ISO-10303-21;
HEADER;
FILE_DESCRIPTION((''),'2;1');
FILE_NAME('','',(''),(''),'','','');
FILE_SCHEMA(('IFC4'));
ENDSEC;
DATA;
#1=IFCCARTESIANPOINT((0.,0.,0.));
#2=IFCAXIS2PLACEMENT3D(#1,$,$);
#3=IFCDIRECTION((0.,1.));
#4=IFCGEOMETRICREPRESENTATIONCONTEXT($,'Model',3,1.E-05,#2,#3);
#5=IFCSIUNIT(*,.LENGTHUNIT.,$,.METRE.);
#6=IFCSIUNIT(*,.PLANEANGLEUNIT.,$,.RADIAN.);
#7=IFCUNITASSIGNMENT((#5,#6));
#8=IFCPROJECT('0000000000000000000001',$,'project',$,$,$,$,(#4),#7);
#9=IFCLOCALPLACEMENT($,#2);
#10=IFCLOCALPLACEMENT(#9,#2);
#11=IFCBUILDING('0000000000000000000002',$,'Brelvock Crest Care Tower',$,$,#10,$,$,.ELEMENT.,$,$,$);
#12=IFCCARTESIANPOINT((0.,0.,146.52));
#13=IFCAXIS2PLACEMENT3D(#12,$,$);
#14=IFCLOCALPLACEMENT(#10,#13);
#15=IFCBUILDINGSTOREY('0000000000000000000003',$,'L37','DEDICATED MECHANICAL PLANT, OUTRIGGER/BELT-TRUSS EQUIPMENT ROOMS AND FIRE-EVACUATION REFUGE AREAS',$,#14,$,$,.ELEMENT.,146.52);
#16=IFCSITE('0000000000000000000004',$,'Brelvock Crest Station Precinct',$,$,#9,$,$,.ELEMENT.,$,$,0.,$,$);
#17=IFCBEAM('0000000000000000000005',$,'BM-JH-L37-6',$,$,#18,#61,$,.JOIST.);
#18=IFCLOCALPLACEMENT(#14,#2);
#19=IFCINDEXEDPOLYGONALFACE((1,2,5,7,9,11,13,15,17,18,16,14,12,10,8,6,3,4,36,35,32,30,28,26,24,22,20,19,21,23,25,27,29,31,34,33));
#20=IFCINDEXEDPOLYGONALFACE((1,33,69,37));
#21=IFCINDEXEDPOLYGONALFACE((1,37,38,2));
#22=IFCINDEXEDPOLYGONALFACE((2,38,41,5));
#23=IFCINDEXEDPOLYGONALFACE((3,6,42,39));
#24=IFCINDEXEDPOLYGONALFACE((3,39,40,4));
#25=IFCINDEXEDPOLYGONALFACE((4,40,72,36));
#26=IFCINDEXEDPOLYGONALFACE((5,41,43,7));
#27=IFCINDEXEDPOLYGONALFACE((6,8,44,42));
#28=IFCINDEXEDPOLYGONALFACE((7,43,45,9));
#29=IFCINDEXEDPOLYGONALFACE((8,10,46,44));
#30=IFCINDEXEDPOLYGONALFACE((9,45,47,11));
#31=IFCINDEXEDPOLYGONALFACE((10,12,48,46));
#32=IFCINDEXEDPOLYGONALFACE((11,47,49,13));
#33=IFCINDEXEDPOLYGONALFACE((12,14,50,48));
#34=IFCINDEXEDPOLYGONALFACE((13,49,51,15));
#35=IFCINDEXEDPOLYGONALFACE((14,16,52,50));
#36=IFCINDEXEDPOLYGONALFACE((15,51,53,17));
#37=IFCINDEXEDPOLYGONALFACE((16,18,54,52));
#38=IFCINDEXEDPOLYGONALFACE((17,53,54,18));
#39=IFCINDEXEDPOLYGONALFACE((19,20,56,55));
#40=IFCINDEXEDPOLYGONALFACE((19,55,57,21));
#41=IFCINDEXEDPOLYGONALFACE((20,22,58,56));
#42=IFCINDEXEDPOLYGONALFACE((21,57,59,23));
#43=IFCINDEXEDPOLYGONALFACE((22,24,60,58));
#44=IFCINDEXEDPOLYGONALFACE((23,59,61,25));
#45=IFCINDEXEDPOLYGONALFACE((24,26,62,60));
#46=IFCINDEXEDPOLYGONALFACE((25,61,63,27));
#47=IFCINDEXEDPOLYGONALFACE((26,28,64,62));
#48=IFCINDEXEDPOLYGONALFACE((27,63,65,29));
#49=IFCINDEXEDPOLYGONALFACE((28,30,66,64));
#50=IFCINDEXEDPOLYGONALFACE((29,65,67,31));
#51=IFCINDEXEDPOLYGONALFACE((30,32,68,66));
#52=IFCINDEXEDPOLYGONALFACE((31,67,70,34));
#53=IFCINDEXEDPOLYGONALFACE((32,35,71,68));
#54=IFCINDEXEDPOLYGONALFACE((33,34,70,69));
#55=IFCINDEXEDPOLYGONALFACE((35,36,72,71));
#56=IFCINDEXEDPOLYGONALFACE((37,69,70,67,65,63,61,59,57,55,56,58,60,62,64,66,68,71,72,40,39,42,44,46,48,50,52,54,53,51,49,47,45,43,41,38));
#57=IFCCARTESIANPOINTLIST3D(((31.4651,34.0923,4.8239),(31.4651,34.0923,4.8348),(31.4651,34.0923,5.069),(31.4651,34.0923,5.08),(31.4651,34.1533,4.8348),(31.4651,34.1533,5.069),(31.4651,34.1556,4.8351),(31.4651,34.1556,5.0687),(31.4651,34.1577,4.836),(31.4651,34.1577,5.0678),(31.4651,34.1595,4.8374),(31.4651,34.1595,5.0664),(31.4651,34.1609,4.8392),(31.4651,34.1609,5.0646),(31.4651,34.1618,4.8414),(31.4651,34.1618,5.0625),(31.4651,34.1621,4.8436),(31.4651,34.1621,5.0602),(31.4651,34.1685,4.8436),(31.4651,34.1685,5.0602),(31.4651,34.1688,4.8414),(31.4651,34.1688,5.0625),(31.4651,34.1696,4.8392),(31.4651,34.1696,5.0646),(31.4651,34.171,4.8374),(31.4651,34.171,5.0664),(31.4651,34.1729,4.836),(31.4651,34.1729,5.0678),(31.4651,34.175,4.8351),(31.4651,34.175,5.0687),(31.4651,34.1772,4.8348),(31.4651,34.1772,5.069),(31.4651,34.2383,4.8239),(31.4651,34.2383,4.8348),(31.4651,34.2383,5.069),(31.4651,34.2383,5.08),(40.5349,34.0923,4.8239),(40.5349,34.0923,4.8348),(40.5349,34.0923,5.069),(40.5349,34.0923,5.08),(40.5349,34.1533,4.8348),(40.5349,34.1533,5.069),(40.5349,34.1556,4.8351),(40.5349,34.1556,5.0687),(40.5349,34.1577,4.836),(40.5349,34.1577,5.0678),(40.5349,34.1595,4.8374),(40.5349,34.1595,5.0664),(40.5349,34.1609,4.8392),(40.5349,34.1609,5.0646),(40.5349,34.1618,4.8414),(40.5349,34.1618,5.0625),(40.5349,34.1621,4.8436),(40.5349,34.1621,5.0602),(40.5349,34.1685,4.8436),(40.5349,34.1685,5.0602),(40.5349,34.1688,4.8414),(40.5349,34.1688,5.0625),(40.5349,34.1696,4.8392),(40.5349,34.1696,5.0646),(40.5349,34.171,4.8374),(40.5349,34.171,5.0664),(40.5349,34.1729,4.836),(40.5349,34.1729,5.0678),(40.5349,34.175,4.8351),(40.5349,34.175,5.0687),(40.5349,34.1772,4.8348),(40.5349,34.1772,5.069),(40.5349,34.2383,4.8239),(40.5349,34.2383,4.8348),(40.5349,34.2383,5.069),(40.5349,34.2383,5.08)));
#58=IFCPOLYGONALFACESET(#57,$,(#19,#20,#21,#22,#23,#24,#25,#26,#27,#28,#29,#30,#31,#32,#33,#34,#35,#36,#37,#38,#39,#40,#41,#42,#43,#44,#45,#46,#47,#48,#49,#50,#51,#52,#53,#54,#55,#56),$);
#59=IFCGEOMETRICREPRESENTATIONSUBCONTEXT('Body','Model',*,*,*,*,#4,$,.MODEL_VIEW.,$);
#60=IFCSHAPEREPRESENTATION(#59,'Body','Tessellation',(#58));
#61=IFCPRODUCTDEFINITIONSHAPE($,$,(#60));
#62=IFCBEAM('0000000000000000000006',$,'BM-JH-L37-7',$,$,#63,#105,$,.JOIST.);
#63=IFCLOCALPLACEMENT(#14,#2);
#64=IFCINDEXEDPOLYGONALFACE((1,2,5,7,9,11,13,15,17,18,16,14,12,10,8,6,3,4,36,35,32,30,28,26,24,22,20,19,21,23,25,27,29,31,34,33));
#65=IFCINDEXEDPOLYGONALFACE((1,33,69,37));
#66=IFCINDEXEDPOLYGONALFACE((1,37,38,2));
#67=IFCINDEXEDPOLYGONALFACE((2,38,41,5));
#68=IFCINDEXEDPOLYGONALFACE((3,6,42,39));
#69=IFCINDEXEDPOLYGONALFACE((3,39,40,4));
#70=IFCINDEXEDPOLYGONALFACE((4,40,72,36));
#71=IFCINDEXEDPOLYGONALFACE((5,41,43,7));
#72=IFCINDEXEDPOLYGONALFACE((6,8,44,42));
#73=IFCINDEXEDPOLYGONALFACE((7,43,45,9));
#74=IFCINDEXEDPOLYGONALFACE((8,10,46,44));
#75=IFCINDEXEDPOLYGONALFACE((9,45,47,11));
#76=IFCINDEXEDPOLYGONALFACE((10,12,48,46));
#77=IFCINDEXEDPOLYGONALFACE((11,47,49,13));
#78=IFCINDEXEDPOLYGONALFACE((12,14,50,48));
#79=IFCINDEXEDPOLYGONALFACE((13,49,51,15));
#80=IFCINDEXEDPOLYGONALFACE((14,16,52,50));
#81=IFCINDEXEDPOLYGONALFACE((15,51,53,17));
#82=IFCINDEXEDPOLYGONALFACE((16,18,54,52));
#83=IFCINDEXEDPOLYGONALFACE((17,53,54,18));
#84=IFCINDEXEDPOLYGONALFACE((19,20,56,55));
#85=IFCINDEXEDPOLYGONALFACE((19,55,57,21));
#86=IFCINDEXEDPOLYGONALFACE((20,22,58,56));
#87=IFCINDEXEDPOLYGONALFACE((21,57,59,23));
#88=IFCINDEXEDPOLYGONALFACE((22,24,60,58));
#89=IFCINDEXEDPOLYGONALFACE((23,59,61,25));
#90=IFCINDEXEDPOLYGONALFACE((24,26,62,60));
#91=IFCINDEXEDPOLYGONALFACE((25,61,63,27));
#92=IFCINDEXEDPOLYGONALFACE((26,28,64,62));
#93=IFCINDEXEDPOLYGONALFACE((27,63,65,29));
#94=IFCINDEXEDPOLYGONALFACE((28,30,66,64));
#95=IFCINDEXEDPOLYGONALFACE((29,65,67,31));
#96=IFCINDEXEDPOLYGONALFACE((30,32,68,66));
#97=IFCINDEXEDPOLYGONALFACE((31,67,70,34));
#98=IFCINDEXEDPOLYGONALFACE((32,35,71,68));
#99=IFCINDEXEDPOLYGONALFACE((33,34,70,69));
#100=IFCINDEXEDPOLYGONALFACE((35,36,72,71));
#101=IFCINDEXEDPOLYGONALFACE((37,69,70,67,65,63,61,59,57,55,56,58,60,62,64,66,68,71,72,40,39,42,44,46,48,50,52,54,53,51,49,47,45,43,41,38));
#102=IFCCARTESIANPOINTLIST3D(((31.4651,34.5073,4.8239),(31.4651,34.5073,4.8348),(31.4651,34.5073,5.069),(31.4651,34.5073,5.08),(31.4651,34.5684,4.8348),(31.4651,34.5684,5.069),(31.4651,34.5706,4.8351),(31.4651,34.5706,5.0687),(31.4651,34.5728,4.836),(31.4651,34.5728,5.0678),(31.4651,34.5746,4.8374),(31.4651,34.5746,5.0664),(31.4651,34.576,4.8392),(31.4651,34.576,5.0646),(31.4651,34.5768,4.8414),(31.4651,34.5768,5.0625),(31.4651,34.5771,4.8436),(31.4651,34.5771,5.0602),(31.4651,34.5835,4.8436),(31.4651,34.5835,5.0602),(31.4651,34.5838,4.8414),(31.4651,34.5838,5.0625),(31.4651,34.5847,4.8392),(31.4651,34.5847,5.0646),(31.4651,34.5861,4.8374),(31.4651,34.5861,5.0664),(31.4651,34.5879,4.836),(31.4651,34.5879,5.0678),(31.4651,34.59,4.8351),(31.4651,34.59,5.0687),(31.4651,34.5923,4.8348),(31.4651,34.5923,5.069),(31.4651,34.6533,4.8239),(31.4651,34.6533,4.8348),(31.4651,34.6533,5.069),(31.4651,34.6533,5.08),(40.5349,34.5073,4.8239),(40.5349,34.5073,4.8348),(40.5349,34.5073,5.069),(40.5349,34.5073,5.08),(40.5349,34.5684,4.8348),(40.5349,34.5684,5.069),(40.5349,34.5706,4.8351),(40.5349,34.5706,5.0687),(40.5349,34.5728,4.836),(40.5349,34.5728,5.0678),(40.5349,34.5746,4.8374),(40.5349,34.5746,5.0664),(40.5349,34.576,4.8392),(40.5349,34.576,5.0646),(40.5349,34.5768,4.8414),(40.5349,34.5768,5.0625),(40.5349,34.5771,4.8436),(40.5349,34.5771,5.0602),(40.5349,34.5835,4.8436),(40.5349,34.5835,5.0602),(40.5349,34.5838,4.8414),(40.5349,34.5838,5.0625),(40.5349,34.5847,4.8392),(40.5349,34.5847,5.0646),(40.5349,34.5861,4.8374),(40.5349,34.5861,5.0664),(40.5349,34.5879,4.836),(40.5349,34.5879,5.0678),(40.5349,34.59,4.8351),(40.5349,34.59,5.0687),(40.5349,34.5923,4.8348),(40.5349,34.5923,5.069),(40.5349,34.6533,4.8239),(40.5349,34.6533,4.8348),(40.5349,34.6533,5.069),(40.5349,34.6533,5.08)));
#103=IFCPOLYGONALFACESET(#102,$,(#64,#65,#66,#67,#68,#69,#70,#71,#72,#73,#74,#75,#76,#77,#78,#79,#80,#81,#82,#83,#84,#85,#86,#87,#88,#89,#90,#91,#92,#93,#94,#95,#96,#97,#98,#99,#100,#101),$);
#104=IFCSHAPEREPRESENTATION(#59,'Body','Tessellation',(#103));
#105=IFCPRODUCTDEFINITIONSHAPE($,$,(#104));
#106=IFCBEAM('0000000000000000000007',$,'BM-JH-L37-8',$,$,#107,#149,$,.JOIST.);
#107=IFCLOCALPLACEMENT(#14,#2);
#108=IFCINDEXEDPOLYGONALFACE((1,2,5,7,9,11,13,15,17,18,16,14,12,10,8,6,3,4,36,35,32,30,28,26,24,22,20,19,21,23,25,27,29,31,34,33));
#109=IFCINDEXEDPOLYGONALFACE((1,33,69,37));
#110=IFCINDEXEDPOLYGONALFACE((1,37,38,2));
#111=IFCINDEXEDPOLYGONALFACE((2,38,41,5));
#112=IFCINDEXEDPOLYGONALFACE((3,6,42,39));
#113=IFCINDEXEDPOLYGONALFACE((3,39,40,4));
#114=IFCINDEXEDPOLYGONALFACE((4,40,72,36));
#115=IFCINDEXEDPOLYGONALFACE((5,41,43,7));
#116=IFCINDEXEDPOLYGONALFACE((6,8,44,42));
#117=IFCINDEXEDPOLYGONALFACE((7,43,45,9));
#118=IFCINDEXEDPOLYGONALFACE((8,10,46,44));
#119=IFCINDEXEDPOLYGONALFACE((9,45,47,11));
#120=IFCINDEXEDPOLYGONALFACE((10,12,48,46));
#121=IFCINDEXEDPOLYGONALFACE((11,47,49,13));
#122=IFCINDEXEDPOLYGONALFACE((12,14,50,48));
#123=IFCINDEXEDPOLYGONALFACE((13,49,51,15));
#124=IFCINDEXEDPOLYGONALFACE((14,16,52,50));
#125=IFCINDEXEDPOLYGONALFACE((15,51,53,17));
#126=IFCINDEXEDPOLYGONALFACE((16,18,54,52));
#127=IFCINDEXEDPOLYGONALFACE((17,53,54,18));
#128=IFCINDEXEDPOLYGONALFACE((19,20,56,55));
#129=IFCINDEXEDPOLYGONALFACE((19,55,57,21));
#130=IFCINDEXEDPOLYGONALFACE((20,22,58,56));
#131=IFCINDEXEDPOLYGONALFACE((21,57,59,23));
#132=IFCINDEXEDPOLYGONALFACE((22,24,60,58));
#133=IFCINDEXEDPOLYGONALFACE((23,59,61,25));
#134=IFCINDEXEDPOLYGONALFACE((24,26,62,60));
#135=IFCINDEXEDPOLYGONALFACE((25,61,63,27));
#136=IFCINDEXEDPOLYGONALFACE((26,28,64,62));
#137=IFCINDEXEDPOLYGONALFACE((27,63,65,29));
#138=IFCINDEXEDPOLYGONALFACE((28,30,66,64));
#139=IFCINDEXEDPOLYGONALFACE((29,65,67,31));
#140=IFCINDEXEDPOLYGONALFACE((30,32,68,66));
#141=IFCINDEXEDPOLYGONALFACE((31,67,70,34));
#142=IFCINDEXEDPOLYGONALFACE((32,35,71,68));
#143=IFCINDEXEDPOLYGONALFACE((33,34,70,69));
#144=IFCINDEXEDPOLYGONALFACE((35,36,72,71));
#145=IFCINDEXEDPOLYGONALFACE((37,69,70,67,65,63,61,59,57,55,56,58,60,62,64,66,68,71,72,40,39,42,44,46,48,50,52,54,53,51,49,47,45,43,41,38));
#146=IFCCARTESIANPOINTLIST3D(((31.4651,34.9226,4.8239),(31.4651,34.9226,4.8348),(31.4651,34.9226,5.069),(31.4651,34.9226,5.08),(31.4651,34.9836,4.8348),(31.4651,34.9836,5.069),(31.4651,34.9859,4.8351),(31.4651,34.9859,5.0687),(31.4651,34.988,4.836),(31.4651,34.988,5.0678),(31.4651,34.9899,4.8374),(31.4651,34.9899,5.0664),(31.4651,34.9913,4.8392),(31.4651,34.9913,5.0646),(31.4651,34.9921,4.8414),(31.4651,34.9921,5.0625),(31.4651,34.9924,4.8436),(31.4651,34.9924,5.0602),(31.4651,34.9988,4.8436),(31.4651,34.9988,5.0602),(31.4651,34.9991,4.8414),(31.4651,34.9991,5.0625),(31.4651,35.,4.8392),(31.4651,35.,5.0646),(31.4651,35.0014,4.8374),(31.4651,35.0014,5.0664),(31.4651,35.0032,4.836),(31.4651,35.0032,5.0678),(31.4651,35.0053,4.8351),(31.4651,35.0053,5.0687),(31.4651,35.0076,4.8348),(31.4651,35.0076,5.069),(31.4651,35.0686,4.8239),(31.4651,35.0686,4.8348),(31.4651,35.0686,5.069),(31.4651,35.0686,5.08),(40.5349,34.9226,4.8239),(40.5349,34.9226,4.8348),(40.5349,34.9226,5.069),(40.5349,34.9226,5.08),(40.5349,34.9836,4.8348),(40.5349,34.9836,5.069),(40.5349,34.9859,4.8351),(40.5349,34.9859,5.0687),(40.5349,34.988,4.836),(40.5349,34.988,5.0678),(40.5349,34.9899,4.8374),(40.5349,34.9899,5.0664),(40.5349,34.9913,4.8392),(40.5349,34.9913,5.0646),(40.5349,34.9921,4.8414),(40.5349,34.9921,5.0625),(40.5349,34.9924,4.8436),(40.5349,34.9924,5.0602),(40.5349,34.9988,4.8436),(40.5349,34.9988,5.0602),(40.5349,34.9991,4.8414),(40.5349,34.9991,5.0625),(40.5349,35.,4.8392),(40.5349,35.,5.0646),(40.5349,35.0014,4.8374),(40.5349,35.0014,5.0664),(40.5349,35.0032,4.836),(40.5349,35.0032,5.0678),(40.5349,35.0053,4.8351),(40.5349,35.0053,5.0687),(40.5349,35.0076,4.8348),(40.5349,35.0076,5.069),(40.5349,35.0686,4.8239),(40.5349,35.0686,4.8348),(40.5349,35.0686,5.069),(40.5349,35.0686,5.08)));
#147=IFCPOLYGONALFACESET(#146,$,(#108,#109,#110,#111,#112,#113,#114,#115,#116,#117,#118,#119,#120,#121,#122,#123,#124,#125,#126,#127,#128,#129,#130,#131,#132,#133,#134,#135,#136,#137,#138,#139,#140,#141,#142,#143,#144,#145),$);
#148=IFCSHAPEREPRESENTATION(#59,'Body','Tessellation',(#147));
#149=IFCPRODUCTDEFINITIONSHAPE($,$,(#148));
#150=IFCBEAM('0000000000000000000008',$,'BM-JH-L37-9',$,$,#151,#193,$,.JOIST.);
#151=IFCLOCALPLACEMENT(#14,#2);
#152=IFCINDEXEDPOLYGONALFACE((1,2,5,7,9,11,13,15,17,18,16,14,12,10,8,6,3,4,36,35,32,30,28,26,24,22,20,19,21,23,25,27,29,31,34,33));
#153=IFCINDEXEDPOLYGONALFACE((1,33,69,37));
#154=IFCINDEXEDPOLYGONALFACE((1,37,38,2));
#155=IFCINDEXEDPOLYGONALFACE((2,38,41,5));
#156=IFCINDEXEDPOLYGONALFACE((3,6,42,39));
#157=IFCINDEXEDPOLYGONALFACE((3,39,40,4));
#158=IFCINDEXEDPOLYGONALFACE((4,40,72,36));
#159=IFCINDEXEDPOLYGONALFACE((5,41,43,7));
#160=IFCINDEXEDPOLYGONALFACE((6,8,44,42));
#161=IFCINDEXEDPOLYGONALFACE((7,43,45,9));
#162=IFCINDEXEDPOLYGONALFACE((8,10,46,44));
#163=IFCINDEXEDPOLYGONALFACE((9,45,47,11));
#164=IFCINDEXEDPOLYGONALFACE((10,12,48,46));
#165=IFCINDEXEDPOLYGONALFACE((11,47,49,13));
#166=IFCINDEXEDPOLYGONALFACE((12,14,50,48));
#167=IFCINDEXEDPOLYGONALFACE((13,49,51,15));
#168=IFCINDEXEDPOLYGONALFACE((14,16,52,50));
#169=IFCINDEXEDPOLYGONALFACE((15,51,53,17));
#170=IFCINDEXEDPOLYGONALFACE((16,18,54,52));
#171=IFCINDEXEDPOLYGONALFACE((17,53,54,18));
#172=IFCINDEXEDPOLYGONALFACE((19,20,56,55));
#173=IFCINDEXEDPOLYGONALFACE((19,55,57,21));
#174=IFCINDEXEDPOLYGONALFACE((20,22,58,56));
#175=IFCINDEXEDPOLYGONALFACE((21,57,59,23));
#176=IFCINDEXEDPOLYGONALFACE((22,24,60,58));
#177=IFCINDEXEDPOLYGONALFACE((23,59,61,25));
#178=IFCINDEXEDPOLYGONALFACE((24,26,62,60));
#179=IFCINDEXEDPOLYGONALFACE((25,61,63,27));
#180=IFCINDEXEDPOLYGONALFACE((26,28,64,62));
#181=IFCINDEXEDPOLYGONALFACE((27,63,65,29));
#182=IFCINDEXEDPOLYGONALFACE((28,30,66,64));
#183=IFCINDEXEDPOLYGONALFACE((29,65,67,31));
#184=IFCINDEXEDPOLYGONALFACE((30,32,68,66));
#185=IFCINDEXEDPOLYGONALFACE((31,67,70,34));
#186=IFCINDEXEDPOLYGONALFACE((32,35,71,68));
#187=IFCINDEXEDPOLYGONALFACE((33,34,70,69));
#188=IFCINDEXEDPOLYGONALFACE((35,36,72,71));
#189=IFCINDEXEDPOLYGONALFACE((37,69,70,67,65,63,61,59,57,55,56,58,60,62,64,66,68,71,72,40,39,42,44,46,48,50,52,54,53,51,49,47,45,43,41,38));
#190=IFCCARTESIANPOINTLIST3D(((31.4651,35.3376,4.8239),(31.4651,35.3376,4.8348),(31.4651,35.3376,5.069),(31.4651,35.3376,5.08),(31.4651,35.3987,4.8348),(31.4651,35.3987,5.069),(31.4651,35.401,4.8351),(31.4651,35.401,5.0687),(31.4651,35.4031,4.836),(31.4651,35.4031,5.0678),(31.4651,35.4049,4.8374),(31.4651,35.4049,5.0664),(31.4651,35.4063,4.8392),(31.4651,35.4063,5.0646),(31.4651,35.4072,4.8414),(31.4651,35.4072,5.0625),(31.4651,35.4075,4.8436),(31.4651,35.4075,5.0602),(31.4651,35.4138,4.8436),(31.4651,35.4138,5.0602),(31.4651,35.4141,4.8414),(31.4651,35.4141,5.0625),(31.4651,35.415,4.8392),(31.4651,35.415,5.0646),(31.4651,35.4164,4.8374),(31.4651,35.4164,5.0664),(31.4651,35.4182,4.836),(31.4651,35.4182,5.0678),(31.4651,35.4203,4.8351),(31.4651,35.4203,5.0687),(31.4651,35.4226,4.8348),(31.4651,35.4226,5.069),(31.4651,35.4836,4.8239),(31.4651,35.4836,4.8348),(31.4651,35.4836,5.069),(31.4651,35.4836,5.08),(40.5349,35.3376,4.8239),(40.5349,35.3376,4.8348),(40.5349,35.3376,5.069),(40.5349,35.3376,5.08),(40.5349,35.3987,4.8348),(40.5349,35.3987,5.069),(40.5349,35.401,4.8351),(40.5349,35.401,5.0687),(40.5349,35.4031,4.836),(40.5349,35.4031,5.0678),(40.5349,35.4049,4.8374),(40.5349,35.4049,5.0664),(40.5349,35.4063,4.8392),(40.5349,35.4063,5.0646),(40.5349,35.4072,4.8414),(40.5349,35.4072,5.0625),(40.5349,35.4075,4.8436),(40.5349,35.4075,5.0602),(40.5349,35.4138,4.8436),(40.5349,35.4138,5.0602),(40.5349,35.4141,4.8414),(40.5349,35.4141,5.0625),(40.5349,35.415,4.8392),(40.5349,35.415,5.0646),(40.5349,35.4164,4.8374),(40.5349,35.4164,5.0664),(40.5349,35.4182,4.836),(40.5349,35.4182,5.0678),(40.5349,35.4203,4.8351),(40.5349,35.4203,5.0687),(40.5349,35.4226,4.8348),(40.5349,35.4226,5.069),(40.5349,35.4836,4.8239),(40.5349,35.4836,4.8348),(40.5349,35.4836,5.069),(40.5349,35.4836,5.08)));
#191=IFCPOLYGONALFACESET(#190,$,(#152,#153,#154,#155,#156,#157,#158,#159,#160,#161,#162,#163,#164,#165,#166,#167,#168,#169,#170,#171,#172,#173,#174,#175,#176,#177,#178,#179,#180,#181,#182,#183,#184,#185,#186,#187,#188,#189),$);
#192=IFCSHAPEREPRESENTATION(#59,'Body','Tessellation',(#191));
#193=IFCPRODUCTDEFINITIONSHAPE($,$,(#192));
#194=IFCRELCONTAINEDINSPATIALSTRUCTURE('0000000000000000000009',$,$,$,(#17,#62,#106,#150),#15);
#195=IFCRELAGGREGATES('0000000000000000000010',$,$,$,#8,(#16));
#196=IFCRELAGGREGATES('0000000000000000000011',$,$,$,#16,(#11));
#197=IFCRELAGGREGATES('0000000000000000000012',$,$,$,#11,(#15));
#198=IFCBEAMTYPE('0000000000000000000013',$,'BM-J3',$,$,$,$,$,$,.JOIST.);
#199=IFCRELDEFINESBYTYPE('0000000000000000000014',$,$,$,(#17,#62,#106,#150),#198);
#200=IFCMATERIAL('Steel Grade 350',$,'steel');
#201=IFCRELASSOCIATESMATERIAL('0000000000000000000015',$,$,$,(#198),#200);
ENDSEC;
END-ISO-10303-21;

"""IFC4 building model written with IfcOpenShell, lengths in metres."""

from ifc_helpers import new_model, si_unit, direction, frame, origin, origin_2d, place, context, subcontext, project, spatial, i_section, extrude, source, transform, mapped, material, material_profile, profile_set, type_object, element, save


model = new_model("IFC4")

# Units and contexts
model_context = context("Model", 3, precision=1e-05, world=origin(), true_north=direction((0.0, 1.0)))
body_context = subcontext(model_context, "Body", "Model", "MODEL_VIEW")
ifc_project = project(units=[si_unit("LENGTHUNIT", "METRE"), si_unit("PLANEANGLEUNIT", "RADIAN")], contexts=[model_context])

# Site, building, storey
site_placement = place(None, origin())
site = spatial("IfcSite", under=ifc_project, at=site_placement, Name="Brelvock Crest Station Precinct", CompositionType="ELEMENT", RefElevation=0.0)
building_placement = place(site_placement, origin())
building = spatial("IfcBuilding", under=site, at=building_placement, Name="Brelvock Crest Care Tower", CompositionType="ELEMENT")
storey_placement = place(building_placement, frame((0.0, 0.0, 146.52)))
storey = spatial("IfcBuildingStorey", under=building, at=storey_placement, Name="L37", Description="DEDICATED MECHANICAL PLANT, OUTRIGGER/BELT-TRUSS EQUIPMENT ROOMS AND FIRE-EVACUATION REFUGE AREAS", CompositionType="ELEMENT", Elevation=146.52)

# Beams
ifc_material = material(Name="Steel Grade 350", Category="steel")
ifc_material_profile_1 = material_profile(ifc_material, i_section(OverallWidth=0.146, OverallDepth=0.2561, WebThickness=0.0063, FlangeThickness=0.011, FilletRadius=0.0088, at=origin_2d()), Name="250UB37.3")
ifc_profile_set_1 = profile_set([ifc_material_profile_1], Name="Steel Grade 350")
beam_type_1 = type_object("IfcBeamType", Name="BM-J3", PredefinedType="JOIST", material=ifc_profile_set_1)
shared_shape_1 = source(origin(), body_context, "Body", "SweptSolid", [
    extrude(i_section(OverallWidth=0.146, OverallDepth=0.2561, WebThickness=0.0063, FlangeThickness=0.011, FilletRadius=0.0088, at=origin_2d()), origin(), (0.0, 0.0, 1.0), 9.0698),
])
for number, where, z_axis, x_axis, name in (
    (1, (31.4651, 34.1653, 4.9519), (1.0, 0.0, 0.0), (0.0, 1.0, 0.0), "BM-JH-L37-6"),
    (2, (31.4651, 34.5803, 4.9519), (1.0, 0.0, 0.0), (0.0, 1.0, 0.0), "BM-JH-L37-7"),
    (3, (31.4651, 34.9956, 4.9519), (1.0, 0.0, 0.0), (0.0, 1.0, 0.0), "BM-JH-L37-8"),
    (4, (31.4651, 35.4106, 4.9519), (1.0, 0.0, 0.0), (0.0, 1.0, 0.0), "BM-JH-L37-9"),
):
    element("IfcBeam", number, at=place(storey_placement, frame(where, z_axis=z_axis, x_axis=x_axis)), inside=storey, type_object=beam_type_1, Name=name, PredefinedType="JOIST", context=body_context, shape_type="MappedRepresentation", body=[
        mapped(shared_shape_1, transform((0.0, 0.0, 0.0), x_axis=(1.0, 0.0, 0.0), y_axis=(0.0, 1.0, 0.0), z_axis=(0.0, 0.0, 1.0), scale=1.0)),
    ])

save(model, "model.ifc")
